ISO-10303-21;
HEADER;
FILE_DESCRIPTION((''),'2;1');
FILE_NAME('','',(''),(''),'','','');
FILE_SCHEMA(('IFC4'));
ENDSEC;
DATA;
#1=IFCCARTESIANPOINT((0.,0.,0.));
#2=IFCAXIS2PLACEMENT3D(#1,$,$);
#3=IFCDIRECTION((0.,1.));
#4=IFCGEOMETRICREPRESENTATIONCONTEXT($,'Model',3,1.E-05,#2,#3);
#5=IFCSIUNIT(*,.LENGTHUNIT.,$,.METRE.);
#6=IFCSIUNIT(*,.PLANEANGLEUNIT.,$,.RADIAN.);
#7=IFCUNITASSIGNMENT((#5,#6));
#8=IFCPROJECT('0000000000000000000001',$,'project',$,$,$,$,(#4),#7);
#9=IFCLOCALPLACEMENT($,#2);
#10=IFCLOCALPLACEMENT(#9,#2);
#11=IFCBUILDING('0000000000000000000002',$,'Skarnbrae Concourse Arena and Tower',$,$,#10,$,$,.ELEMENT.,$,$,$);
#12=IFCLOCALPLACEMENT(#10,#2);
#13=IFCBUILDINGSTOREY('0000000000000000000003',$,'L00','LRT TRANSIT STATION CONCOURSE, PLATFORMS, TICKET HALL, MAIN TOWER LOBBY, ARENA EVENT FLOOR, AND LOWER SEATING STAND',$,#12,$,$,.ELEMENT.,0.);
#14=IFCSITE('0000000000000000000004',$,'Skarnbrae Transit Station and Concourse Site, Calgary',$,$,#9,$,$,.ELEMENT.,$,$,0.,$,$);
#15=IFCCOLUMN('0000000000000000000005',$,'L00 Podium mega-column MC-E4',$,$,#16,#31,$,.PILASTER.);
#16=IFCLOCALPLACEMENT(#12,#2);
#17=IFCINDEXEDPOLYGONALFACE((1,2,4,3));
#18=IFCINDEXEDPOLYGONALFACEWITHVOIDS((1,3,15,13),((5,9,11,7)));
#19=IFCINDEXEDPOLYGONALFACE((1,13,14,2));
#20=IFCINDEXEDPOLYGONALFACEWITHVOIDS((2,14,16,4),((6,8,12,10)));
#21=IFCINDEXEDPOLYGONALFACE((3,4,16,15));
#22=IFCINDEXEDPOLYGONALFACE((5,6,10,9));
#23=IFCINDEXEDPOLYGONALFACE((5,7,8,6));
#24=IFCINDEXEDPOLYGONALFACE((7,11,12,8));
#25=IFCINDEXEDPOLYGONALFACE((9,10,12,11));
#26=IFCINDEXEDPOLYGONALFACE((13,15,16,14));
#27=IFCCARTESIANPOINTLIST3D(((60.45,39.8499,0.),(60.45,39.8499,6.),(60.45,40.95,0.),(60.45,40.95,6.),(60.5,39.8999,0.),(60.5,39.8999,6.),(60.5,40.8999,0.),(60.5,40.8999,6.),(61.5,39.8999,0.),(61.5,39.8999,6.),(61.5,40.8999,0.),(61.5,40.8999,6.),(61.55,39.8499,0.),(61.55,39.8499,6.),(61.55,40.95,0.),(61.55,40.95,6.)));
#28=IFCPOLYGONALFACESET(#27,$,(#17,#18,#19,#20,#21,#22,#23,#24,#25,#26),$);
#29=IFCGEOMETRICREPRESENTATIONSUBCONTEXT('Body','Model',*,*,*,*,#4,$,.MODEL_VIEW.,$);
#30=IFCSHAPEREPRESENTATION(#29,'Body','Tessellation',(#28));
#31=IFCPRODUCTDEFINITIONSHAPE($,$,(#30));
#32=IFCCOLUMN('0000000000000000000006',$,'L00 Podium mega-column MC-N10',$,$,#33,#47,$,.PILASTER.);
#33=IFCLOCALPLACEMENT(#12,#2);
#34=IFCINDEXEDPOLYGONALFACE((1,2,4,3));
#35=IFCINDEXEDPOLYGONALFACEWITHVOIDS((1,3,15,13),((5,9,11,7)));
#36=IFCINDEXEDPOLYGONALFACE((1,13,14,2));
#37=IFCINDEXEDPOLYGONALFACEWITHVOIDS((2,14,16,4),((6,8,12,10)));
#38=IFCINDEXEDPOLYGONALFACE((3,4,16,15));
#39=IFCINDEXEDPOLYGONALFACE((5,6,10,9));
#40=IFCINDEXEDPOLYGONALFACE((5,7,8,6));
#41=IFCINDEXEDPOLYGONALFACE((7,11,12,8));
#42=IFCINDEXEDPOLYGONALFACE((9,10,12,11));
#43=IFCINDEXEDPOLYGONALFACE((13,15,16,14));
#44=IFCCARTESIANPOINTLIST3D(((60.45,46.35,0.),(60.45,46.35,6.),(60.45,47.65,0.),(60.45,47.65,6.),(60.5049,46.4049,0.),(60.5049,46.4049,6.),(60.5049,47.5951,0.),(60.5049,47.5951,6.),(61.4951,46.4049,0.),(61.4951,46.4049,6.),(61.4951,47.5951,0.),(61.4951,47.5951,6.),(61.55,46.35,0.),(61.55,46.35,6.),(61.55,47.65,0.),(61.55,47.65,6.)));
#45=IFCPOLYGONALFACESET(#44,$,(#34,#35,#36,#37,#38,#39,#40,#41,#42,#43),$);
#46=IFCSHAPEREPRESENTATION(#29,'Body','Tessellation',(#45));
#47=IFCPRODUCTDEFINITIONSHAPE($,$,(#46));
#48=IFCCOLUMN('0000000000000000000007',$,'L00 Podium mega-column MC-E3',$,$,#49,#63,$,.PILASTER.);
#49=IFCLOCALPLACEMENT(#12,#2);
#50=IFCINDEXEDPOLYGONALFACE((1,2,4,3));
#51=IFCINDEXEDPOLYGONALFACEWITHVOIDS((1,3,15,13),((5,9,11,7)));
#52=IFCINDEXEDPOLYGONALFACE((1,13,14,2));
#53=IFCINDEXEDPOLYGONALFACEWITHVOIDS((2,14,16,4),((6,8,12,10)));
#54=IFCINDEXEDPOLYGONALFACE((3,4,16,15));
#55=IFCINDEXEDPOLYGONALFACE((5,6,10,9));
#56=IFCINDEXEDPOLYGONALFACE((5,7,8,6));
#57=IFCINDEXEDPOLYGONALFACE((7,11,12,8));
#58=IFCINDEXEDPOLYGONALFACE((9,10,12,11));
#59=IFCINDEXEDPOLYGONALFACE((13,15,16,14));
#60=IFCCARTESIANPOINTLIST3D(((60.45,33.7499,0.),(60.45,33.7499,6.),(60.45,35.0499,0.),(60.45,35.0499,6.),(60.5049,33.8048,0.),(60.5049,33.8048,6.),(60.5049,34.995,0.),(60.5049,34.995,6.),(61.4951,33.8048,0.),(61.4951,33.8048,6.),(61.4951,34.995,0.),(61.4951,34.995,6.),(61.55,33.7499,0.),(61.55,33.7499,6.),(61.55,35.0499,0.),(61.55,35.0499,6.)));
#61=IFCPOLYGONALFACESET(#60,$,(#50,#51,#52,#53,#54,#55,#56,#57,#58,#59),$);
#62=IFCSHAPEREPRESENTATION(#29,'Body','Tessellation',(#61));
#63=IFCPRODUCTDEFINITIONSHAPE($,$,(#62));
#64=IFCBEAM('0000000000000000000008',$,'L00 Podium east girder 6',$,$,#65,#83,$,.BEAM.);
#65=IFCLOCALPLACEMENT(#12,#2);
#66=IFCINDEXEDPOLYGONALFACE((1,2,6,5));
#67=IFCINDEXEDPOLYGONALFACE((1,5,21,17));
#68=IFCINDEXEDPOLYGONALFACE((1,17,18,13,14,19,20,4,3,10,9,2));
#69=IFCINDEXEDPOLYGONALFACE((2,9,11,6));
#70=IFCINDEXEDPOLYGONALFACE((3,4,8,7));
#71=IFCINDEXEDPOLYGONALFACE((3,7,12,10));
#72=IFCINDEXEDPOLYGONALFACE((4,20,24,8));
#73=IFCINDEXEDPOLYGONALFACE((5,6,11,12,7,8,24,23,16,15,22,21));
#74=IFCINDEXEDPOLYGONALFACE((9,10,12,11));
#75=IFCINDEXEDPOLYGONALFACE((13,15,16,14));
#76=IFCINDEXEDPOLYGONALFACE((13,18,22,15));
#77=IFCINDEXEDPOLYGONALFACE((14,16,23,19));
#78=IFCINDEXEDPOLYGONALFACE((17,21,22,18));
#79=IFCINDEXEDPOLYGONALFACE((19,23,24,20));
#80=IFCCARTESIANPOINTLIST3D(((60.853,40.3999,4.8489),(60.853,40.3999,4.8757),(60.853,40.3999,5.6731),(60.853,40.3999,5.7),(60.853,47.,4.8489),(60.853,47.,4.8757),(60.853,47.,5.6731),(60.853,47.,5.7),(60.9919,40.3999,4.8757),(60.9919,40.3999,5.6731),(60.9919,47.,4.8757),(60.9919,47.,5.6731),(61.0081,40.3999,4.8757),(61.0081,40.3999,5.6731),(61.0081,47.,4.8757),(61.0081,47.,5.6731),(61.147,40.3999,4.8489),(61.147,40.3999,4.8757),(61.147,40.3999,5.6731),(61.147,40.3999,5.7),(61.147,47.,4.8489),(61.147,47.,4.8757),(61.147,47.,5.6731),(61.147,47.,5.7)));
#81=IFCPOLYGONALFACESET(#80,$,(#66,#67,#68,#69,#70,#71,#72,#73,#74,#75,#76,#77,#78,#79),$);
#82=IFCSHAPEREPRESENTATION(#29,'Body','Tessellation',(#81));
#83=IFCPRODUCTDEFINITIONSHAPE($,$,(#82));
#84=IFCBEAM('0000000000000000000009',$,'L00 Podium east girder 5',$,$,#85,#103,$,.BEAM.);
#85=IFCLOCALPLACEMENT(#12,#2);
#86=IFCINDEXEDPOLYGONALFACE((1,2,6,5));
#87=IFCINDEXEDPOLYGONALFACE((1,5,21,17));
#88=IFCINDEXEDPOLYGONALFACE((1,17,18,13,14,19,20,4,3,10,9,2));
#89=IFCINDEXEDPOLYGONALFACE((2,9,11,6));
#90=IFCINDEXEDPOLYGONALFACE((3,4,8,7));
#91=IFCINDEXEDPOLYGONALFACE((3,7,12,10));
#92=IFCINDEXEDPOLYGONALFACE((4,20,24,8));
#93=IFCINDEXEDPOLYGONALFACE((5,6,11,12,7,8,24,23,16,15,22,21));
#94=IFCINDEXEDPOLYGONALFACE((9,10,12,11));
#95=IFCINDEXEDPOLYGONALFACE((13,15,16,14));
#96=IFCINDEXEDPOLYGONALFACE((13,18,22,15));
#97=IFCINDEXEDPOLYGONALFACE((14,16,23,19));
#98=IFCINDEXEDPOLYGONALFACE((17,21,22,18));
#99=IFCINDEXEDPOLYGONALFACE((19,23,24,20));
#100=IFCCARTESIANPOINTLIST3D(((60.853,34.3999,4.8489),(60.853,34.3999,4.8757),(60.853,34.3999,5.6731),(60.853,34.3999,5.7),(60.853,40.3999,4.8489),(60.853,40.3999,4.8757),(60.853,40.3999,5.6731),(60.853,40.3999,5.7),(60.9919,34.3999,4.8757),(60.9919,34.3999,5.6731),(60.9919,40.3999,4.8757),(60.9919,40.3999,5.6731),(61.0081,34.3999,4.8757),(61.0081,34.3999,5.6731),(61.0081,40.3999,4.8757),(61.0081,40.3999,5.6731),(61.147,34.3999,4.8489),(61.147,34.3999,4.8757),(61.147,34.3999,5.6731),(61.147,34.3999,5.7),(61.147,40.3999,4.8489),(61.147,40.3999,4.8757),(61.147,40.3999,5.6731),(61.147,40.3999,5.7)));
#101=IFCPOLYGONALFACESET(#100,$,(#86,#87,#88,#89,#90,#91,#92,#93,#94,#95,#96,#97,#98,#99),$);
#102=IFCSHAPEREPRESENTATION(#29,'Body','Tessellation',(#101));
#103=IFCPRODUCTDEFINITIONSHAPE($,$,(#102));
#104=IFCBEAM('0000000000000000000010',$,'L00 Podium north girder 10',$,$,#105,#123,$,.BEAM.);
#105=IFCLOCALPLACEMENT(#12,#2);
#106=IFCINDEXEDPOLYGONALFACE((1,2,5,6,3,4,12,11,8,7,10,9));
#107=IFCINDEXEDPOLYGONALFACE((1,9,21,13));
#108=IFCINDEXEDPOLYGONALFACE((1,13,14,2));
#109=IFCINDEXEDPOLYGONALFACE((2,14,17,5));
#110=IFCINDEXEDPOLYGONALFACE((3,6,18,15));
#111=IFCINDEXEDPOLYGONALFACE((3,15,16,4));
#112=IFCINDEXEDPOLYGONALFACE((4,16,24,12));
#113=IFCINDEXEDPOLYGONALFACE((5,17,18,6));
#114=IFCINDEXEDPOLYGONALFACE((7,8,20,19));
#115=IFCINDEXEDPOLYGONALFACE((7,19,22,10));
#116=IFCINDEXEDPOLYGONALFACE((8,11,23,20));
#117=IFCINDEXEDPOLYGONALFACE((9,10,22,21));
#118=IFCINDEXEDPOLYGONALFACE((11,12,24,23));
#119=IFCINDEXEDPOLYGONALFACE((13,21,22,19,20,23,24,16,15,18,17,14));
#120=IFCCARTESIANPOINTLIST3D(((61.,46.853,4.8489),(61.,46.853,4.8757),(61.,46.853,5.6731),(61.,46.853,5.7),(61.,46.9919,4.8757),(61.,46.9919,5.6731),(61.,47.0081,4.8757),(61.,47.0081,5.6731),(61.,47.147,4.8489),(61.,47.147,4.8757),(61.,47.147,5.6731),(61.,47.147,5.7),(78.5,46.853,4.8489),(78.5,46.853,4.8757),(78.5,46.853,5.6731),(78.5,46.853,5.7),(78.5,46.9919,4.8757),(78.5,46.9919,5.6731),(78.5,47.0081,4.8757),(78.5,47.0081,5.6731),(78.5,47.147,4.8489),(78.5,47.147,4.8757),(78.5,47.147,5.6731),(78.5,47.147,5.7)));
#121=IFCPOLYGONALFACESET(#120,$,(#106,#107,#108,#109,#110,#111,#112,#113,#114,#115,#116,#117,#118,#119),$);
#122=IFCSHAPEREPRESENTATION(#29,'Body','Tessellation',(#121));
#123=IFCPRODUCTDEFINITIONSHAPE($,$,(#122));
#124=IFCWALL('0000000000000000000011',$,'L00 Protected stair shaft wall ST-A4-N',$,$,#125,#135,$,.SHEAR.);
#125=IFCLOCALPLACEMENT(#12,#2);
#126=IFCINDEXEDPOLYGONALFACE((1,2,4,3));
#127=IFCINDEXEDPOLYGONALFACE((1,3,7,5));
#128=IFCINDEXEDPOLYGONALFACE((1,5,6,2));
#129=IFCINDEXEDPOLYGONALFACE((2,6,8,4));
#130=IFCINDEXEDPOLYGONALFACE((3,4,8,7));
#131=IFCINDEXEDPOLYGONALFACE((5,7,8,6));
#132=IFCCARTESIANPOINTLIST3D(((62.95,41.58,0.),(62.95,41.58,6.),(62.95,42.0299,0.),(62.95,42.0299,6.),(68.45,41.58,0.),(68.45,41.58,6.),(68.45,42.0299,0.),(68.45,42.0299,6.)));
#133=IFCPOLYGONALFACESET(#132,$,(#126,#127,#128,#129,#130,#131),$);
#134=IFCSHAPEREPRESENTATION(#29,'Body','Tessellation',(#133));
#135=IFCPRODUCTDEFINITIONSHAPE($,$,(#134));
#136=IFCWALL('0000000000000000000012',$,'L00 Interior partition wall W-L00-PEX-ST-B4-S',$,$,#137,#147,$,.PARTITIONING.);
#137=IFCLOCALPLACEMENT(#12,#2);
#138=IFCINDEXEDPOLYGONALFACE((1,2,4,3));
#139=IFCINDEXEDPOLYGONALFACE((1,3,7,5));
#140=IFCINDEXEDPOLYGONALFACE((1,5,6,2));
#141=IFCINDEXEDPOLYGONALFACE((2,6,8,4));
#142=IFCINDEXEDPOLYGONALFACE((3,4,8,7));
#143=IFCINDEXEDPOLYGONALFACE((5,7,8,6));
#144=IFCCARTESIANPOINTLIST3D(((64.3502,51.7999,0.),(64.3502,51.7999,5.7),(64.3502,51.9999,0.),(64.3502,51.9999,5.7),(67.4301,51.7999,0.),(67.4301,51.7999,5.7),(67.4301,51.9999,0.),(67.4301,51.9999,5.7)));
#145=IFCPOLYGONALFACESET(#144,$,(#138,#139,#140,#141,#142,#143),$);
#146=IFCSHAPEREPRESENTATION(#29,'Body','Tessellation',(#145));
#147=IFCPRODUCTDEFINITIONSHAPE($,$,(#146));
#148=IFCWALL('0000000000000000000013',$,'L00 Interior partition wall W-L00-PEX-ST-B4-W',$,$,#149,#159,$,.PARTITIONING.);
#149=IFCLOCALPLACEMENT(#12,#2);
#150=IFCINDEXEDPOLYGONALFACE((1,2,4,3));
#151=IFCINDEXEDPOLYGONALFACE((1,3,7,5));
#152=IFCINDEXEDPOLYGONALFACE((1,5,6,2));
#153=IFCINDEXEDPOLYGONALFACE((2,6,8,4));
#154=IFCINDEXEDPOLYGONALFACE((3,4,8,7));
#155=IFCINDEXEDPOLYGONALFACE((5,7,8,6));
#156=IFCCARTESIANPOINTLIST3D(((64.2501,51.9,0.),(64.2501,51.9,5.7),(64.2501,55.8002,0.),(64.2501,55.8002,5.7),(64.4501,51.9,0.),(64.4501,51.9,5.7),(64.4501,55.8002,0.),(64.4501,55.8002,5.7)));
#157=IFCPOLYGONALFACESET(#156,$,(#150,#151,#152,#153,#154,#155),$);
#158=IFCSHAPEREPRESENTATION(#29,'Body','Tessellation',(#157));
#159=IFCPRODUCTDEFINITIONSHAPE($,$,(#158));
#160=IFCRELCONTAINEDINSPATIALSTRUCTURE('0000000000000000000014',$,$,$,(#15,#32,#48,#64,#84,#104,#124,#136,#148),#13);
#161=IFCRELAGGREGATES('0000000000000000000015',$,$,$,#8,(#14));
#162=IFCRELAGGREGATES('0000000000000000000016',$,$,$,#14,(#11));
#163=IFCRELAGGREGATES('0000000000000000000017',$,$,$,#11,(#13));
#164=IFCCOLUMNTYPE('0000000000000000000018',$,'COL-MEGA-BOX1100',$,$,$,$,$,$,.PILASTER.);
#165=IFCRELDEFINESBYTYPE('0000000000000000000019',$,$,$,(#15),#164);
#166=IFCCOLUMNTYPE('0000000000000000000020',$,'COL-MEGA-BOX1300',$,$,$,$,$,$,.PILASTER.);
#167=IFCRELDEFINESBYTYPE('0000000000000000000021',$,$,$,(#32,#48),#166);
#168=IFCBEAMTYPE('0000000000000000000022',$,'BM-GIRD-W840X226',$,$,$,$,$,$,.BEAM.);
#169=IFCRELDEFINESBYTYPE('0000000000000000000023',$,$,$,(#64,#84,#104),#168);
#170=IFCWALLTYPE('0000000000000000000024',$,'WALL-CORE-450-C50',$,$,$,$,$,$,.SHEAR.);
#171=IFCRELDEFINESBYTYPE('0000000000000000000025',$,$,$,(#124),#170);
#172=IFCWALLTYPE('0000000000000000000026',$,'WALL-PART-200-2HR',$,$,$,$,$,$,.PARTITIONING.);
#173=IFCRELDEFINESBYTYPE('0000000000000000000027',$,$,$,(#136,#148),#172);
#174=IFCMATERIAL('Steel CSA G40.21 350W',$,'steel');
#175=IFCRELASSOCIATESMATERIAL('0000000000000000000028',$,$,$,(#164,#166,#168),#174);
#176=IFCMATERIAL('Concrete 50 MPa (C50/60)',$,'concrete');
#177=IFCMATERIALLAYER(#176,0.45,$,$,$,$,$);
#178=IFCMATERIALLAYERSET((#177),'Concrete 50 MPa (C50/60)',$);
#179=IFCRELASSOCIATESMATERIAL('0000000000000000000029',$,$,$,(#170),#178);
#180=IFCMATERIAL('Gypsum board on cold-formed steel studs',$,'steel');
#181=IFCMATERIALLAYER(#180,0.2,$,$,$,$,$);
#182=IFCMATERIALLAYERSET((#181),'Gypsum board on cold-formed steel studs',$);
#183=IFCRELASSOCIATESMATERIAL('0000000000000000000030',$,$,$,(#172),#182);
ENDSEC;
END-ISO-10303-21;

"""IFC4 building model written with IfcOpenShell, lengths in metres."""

from ifc_helpers import new_model, si_unit, direction, frame, frame_2d, origin, origin_2d, place, context, subcontext, project, spatial, rectangle, hollow_rectangle, i_section, extrude, source, transform, mapped, material, layer, layer_set, material_profile, profile_set, type_object, element, save


model = new_model("IFC4")

# Units and contexts
model_context = context("Model", 3, precision=1e-05, world=origin(), true_north=direction((0.0, 1.0)))
body_context = subcontext(model_context, "Body", "Model", "MODEL_VIEW")
ifc_project = project(units=[si_unit("LENGTHUNIT", "METRE"), si_unit("PLANEANGLEUNIT", "RADIAN")], contexts=[model_context])

# Site, building, storey
site_placement = place(None, origin())
site = spatial("IfcSite", under=ifc_project, at=site_placement, Name="Skarnbrae Transit Station and Concourse Site, Calgary", CompositionType="ELEMENT", RefElevation=0.0)
building_placement = place(site_placement, origin())
building = spatial("IfcBuilding", under=site, at=building_placement, Name="Skarnbrae Concourse Arena and Tower", CompositionType="ELEMENT")
storey_placement = place(building_placement, origin())
storey = spatial("IfcBuildingStorey", under=building, at=storey_placement, Name="L00", Description="LRT TRANSIT STATION CONCOURSE, PLATFORMS, TICKET HALL, MAIN TOWER LOBBY, ARENA EVENT FLOOR, AND LOWER SEATING STAND", CompositionType="ELEMENT", Elevation=0.0)

# Columns
ifc_material_1 = material(Name="Steel CSA G40.21 350W", Category="steel")
ifc_material_profile_1 = material_profile(ifc_material_1, hollow_rectangle(XDim=1.1001, YDim=1.1001, WallThickness=0.05, at=origin_2d()), Name="BOX1100X1100X50")
ifc_profile_set_1 = profile_set([ifc_material_profile_1], Name="Steel CSA G40.21 350W")
column_type_1 = type_object("IfcColumnType", Name="COL-MEGA-BOX1100", PredefinedType="PILASTER", material=ifc_profile_set_1)
shared_shape_1 = source(origin(), body_context, "Body", "SweptSolid", [
    extrude(hollow_rectangle(XDim=1.1001, YDim=1.1001, WallThickness=0.05, at=origin_2d()), origin(), (0.0, 0.0, 1.0), 6.0),
])
column_placement = place(storey_placement, frame((61.0, 40.3999, 0.0), z_axis=(0.0, 0.0, 1.0), x_axis=(1.0, 0.0, 0.0)))
element("IfcColumn", 1, at=column_placement, inside=storey, type_object=column_type_1, Name="L00 Podium mega-column MC-E4", PredefinedType="PILASTER", context=body_context, shape_type="MappedRepresentation", body=[
    mapped(shared_shape_1, transform((0.0, 0.0, 0.0))),
])
ifc_material_profile_2 = material_profile(ifc_material_1, hollow_rectangle(XDim=1.1001, YDim=1.3, WallThickness=0.0549, at=origin_2d()), Name="BOX1300X1100X55")
ifc_profile_set_2 = profile_set([ifc_material_profile_2], Name="Steel CSA G40.21 350W")
column_type_2 = type_object("IfcColumnType", Name="COL-MEGA-BOX1300", PredefinedType="PILASTER", material=ifc_profile_set_2)
shared_shape_2 = source(origin(), body_context, "Body", "SweptSolid", [
    extrude(hollow_rectangle(XDim=1.1001, YDim=1.3, WallThickness=0.0549, at=origin_2d()), origin(), (0.0, 0.0, 1.0), 6.0),
])
for number, where, z_axis, x_axis, name in (
    (2, (61.0, 47.0, 0.0), (0.0, 0.0, 1.0), (1.0, 0.0, 0.0), "L00 Podium mega-column MC-N10"),
    (3, (61.0, 34.3999, 0.0), (0.0, 0.0, 1.0), (1.0, 0.0, 0.0), "L00 Podium mega-column MC-E3"),
):
    element("IfcColumn", number, at=place(storey_placement, frame(where, z_axis=z_axis, x_axis=x_axis)), inside=storey, type_object=column_type_2, Name=name, PredefinedType="PILASTER", context=body_context, shape_type="MappedRepresentation", body=[
        mapped(shared_shape_2, transform((0.0, 0.0, 0.0))),
    ])

# Beams
ifc_material_profile_3 = material_profile(ifc_material_1, i_section(OverallWidth=0.2939, OverallDepth=0.8511, WebThickness=0.0161, FlangeThickness=0.0269, at=origin_2d()), Name="W840X226")
ifc_profile_set_3 = profile_set([ifc_material_profile_3], Name="Steel CSA G40.21 350W")
beam_type = type_object("IfcBeamType", Name="BM-GIRD-W840X226", PredefinedType="BEAM", material=ifc_profile_set_3)
shared_shape_3 = source(origin(), body_context, "Body", "SweptSolid", [
    extrude(i_section(OverallWidth=0.2939, OverallDepth=0.8511, WebThickness=0.0161, FlangeThickness=0.0269, at=origin_2d()), origin(), (0.0, 0.0, 1.0), 6.6001),
])
beam_1_placement = place(storey_placement, frame((61.0, 40.3999, 5.2744), z_axis=(0.0, 1.0, 0.0), x_axis=(-1.0, 0.0, 0.0)))
element("IfcBeam", 4, at=beam_1_placement, inside=storey, type_object=beam_type, Name="L00 Podium east girder 6", PredefinedType="BEAM", context=body_context, shape_type="MappedRepresentation", body=[
    mapped(shared_shape_3, transform((0.0, 0.0, 0.0))),
])
shared_shape_4 = source(origin(), body_context, "Body", "SweptSolid", [
    extrude(i_section(OverallWidth=0.2939, OverallDepth=0.8511, WebThickness=0.0161, FlangeThickness=0.0269, at=origin_2d()), origin(), (0.0, 0.0, 1.0), 6.0),
])
beam_2_placement = place(storey_placement, frame((61.0, 34.3999, 5.2744), z_axis=(0.0, 1.0, 0.0), x_axis=(-1.0, 0.0, 0.0)))
element("IfcBeam", 5, at=beam_2_placement, inside=storey, type_object=beam_type, Name="L00 Podium east girder 5", PredefinedType="BEAM", context=body_context, shape_type="MappedRepresentation", body=[
    mapped(shared_shape_4, transform((0.0, 0.0, 0.0))),
])
shared_shape_5 = source(origin(), body_context, "Body", "SweptSolid", [
    extrude(i_section(OverallWidth=0.2939, OverallDepth=0.8511, WebThickness=0.0161, FlangeThickness=0.0269, at=origin_2d()), origin(), (0.0, 0.0, 1.0), 17.5),
])
beam_3_placement = place(storey_placement, frame((61.0, 47.0, 5.2744), z_axis=(1.0, 0.0, 0.0), x_axis=(0.0, 1.0, 0.0)))
element("IfcBeam", 6, at=beam_3_placement, inside=storey, type_object=beam_type, Name="L00 Podium north girder 10", PredefinedType="BEAM", context=body_context, shape_type="MappedRepresentation", body=[
    mapped(shared_shape_5, transform((0.0, 0.0, 0.0))),
])

# Walls
ifc_material_2 = material(Name="Concrete 50 MPa (C50/60)", Category="concrete")
ifc_layer_1 = layer(ifc_material_2, 0.45)
ifc_layer_set_1 = layer_set([ifc_layer_1], Name="Concrete 50 MPa (C50/60)")
wall_type_1 = type_object("IfcWallType", Name="WALL-CORE-450-C50", PredefinedType="SHEAR", material=ifc_layer_set_1)
shared_shape_6 = source(origin(), body_context, "Body", "SweptSolid", [
    extrude(rectangle(XDim=5.5, YDim=0.45, at=frame_2d((2.75, 0.0))), origin(), (0.0, 0.0, 1.0), 6.0),
])
wall_1_placement = place(storey_placement, frame((62.95, 41.8049, 0.0), z_axis=(0.0, 0.0, 1.0), x_axis=(1.0, 0.0, 0.0)))
element("IfcWall", 7, at=wall_1_placement, inside=storey, type_object=wall_type_1, Name="L00 Protected stair shaft wall ST-A4-N", PredefinedType="SHEAR", context=body_context, shape_type="MappedRepresentation", body=[
    mapped(shared_shape_6, transform((0.0, 0.0, 0.0))),
])
ifc_material_3 = material(Name="Gypsum board on cold-formed steel studs", Category="steel")
ifc_layer_2 = layer(ifc_material_3, 0.2)
ifc_layer_set_2 = layer_set([ifc_layer_2], Name="Gypsum board on cold-formed steel studs")
wall_type_2 = type_object("IfcWallType", Name="WALL-PART-200-2HR", PredefinedType="PARTITIONING", material=ifc_layer_set_2)
shared_shape_7 = source(origin(), body_context, "Body", "SweptSolid", [
    extrude(rectangle(XDim=3.0798, YDim=0.2, at=frame_2d((1.54, 0.0))), origin(), (0.0, 0.0, 1.0), 5.7),
])
wall_2_placement = place(storey_placement, frame((64.3501, 51.8999, 0.0), z_axis=(0.0, 0.0, 1.0), x_axis=(1.0, 0.0, 0.0)))
element("IfcWall", 8, at=wall_2_placement, inside=storey, type_object=wall_type_2, Name="L00 Interior partition wall W-L00-PEX-ST-B4-S", PredefinedType="PARTITIONING", context=body_context, shape_type="MappedRepresentation", body=[
    mapped(shared_shape_7, transform((0.0, 0.0, 0.0))),
])
shared_shape_8 = source(origin(), body_context, "Body", "SweptSolid", [
    extrude(rectangle(XDim=3.9001, YDim=0.2, at=frame_2d((1.9502, 0.0))), origin(), (0.0, 0.0, 1.0), 5.7),
])
wall_3_placement = place(storey_placement, frame((64.3501, 51.8999, 0.0), z_axis=(0.0, 0.0, 1.0), x_axis=(0.0, 1.0, 0.0)))
element("IfcWall", 9, at=wall_3_placement, inside=storey, type_object=wall_type_2, Name="L00 Interior partition wall W-L00-PEX-ST-B4-W", PredefinedType="PARTITIONING", context=body_context, shape_type="MappedRepresentation", body=[
    mapped(shared_shape_8, transform((0.0, 0.0, 0.0))),
])

save(model, "model.ifc")
